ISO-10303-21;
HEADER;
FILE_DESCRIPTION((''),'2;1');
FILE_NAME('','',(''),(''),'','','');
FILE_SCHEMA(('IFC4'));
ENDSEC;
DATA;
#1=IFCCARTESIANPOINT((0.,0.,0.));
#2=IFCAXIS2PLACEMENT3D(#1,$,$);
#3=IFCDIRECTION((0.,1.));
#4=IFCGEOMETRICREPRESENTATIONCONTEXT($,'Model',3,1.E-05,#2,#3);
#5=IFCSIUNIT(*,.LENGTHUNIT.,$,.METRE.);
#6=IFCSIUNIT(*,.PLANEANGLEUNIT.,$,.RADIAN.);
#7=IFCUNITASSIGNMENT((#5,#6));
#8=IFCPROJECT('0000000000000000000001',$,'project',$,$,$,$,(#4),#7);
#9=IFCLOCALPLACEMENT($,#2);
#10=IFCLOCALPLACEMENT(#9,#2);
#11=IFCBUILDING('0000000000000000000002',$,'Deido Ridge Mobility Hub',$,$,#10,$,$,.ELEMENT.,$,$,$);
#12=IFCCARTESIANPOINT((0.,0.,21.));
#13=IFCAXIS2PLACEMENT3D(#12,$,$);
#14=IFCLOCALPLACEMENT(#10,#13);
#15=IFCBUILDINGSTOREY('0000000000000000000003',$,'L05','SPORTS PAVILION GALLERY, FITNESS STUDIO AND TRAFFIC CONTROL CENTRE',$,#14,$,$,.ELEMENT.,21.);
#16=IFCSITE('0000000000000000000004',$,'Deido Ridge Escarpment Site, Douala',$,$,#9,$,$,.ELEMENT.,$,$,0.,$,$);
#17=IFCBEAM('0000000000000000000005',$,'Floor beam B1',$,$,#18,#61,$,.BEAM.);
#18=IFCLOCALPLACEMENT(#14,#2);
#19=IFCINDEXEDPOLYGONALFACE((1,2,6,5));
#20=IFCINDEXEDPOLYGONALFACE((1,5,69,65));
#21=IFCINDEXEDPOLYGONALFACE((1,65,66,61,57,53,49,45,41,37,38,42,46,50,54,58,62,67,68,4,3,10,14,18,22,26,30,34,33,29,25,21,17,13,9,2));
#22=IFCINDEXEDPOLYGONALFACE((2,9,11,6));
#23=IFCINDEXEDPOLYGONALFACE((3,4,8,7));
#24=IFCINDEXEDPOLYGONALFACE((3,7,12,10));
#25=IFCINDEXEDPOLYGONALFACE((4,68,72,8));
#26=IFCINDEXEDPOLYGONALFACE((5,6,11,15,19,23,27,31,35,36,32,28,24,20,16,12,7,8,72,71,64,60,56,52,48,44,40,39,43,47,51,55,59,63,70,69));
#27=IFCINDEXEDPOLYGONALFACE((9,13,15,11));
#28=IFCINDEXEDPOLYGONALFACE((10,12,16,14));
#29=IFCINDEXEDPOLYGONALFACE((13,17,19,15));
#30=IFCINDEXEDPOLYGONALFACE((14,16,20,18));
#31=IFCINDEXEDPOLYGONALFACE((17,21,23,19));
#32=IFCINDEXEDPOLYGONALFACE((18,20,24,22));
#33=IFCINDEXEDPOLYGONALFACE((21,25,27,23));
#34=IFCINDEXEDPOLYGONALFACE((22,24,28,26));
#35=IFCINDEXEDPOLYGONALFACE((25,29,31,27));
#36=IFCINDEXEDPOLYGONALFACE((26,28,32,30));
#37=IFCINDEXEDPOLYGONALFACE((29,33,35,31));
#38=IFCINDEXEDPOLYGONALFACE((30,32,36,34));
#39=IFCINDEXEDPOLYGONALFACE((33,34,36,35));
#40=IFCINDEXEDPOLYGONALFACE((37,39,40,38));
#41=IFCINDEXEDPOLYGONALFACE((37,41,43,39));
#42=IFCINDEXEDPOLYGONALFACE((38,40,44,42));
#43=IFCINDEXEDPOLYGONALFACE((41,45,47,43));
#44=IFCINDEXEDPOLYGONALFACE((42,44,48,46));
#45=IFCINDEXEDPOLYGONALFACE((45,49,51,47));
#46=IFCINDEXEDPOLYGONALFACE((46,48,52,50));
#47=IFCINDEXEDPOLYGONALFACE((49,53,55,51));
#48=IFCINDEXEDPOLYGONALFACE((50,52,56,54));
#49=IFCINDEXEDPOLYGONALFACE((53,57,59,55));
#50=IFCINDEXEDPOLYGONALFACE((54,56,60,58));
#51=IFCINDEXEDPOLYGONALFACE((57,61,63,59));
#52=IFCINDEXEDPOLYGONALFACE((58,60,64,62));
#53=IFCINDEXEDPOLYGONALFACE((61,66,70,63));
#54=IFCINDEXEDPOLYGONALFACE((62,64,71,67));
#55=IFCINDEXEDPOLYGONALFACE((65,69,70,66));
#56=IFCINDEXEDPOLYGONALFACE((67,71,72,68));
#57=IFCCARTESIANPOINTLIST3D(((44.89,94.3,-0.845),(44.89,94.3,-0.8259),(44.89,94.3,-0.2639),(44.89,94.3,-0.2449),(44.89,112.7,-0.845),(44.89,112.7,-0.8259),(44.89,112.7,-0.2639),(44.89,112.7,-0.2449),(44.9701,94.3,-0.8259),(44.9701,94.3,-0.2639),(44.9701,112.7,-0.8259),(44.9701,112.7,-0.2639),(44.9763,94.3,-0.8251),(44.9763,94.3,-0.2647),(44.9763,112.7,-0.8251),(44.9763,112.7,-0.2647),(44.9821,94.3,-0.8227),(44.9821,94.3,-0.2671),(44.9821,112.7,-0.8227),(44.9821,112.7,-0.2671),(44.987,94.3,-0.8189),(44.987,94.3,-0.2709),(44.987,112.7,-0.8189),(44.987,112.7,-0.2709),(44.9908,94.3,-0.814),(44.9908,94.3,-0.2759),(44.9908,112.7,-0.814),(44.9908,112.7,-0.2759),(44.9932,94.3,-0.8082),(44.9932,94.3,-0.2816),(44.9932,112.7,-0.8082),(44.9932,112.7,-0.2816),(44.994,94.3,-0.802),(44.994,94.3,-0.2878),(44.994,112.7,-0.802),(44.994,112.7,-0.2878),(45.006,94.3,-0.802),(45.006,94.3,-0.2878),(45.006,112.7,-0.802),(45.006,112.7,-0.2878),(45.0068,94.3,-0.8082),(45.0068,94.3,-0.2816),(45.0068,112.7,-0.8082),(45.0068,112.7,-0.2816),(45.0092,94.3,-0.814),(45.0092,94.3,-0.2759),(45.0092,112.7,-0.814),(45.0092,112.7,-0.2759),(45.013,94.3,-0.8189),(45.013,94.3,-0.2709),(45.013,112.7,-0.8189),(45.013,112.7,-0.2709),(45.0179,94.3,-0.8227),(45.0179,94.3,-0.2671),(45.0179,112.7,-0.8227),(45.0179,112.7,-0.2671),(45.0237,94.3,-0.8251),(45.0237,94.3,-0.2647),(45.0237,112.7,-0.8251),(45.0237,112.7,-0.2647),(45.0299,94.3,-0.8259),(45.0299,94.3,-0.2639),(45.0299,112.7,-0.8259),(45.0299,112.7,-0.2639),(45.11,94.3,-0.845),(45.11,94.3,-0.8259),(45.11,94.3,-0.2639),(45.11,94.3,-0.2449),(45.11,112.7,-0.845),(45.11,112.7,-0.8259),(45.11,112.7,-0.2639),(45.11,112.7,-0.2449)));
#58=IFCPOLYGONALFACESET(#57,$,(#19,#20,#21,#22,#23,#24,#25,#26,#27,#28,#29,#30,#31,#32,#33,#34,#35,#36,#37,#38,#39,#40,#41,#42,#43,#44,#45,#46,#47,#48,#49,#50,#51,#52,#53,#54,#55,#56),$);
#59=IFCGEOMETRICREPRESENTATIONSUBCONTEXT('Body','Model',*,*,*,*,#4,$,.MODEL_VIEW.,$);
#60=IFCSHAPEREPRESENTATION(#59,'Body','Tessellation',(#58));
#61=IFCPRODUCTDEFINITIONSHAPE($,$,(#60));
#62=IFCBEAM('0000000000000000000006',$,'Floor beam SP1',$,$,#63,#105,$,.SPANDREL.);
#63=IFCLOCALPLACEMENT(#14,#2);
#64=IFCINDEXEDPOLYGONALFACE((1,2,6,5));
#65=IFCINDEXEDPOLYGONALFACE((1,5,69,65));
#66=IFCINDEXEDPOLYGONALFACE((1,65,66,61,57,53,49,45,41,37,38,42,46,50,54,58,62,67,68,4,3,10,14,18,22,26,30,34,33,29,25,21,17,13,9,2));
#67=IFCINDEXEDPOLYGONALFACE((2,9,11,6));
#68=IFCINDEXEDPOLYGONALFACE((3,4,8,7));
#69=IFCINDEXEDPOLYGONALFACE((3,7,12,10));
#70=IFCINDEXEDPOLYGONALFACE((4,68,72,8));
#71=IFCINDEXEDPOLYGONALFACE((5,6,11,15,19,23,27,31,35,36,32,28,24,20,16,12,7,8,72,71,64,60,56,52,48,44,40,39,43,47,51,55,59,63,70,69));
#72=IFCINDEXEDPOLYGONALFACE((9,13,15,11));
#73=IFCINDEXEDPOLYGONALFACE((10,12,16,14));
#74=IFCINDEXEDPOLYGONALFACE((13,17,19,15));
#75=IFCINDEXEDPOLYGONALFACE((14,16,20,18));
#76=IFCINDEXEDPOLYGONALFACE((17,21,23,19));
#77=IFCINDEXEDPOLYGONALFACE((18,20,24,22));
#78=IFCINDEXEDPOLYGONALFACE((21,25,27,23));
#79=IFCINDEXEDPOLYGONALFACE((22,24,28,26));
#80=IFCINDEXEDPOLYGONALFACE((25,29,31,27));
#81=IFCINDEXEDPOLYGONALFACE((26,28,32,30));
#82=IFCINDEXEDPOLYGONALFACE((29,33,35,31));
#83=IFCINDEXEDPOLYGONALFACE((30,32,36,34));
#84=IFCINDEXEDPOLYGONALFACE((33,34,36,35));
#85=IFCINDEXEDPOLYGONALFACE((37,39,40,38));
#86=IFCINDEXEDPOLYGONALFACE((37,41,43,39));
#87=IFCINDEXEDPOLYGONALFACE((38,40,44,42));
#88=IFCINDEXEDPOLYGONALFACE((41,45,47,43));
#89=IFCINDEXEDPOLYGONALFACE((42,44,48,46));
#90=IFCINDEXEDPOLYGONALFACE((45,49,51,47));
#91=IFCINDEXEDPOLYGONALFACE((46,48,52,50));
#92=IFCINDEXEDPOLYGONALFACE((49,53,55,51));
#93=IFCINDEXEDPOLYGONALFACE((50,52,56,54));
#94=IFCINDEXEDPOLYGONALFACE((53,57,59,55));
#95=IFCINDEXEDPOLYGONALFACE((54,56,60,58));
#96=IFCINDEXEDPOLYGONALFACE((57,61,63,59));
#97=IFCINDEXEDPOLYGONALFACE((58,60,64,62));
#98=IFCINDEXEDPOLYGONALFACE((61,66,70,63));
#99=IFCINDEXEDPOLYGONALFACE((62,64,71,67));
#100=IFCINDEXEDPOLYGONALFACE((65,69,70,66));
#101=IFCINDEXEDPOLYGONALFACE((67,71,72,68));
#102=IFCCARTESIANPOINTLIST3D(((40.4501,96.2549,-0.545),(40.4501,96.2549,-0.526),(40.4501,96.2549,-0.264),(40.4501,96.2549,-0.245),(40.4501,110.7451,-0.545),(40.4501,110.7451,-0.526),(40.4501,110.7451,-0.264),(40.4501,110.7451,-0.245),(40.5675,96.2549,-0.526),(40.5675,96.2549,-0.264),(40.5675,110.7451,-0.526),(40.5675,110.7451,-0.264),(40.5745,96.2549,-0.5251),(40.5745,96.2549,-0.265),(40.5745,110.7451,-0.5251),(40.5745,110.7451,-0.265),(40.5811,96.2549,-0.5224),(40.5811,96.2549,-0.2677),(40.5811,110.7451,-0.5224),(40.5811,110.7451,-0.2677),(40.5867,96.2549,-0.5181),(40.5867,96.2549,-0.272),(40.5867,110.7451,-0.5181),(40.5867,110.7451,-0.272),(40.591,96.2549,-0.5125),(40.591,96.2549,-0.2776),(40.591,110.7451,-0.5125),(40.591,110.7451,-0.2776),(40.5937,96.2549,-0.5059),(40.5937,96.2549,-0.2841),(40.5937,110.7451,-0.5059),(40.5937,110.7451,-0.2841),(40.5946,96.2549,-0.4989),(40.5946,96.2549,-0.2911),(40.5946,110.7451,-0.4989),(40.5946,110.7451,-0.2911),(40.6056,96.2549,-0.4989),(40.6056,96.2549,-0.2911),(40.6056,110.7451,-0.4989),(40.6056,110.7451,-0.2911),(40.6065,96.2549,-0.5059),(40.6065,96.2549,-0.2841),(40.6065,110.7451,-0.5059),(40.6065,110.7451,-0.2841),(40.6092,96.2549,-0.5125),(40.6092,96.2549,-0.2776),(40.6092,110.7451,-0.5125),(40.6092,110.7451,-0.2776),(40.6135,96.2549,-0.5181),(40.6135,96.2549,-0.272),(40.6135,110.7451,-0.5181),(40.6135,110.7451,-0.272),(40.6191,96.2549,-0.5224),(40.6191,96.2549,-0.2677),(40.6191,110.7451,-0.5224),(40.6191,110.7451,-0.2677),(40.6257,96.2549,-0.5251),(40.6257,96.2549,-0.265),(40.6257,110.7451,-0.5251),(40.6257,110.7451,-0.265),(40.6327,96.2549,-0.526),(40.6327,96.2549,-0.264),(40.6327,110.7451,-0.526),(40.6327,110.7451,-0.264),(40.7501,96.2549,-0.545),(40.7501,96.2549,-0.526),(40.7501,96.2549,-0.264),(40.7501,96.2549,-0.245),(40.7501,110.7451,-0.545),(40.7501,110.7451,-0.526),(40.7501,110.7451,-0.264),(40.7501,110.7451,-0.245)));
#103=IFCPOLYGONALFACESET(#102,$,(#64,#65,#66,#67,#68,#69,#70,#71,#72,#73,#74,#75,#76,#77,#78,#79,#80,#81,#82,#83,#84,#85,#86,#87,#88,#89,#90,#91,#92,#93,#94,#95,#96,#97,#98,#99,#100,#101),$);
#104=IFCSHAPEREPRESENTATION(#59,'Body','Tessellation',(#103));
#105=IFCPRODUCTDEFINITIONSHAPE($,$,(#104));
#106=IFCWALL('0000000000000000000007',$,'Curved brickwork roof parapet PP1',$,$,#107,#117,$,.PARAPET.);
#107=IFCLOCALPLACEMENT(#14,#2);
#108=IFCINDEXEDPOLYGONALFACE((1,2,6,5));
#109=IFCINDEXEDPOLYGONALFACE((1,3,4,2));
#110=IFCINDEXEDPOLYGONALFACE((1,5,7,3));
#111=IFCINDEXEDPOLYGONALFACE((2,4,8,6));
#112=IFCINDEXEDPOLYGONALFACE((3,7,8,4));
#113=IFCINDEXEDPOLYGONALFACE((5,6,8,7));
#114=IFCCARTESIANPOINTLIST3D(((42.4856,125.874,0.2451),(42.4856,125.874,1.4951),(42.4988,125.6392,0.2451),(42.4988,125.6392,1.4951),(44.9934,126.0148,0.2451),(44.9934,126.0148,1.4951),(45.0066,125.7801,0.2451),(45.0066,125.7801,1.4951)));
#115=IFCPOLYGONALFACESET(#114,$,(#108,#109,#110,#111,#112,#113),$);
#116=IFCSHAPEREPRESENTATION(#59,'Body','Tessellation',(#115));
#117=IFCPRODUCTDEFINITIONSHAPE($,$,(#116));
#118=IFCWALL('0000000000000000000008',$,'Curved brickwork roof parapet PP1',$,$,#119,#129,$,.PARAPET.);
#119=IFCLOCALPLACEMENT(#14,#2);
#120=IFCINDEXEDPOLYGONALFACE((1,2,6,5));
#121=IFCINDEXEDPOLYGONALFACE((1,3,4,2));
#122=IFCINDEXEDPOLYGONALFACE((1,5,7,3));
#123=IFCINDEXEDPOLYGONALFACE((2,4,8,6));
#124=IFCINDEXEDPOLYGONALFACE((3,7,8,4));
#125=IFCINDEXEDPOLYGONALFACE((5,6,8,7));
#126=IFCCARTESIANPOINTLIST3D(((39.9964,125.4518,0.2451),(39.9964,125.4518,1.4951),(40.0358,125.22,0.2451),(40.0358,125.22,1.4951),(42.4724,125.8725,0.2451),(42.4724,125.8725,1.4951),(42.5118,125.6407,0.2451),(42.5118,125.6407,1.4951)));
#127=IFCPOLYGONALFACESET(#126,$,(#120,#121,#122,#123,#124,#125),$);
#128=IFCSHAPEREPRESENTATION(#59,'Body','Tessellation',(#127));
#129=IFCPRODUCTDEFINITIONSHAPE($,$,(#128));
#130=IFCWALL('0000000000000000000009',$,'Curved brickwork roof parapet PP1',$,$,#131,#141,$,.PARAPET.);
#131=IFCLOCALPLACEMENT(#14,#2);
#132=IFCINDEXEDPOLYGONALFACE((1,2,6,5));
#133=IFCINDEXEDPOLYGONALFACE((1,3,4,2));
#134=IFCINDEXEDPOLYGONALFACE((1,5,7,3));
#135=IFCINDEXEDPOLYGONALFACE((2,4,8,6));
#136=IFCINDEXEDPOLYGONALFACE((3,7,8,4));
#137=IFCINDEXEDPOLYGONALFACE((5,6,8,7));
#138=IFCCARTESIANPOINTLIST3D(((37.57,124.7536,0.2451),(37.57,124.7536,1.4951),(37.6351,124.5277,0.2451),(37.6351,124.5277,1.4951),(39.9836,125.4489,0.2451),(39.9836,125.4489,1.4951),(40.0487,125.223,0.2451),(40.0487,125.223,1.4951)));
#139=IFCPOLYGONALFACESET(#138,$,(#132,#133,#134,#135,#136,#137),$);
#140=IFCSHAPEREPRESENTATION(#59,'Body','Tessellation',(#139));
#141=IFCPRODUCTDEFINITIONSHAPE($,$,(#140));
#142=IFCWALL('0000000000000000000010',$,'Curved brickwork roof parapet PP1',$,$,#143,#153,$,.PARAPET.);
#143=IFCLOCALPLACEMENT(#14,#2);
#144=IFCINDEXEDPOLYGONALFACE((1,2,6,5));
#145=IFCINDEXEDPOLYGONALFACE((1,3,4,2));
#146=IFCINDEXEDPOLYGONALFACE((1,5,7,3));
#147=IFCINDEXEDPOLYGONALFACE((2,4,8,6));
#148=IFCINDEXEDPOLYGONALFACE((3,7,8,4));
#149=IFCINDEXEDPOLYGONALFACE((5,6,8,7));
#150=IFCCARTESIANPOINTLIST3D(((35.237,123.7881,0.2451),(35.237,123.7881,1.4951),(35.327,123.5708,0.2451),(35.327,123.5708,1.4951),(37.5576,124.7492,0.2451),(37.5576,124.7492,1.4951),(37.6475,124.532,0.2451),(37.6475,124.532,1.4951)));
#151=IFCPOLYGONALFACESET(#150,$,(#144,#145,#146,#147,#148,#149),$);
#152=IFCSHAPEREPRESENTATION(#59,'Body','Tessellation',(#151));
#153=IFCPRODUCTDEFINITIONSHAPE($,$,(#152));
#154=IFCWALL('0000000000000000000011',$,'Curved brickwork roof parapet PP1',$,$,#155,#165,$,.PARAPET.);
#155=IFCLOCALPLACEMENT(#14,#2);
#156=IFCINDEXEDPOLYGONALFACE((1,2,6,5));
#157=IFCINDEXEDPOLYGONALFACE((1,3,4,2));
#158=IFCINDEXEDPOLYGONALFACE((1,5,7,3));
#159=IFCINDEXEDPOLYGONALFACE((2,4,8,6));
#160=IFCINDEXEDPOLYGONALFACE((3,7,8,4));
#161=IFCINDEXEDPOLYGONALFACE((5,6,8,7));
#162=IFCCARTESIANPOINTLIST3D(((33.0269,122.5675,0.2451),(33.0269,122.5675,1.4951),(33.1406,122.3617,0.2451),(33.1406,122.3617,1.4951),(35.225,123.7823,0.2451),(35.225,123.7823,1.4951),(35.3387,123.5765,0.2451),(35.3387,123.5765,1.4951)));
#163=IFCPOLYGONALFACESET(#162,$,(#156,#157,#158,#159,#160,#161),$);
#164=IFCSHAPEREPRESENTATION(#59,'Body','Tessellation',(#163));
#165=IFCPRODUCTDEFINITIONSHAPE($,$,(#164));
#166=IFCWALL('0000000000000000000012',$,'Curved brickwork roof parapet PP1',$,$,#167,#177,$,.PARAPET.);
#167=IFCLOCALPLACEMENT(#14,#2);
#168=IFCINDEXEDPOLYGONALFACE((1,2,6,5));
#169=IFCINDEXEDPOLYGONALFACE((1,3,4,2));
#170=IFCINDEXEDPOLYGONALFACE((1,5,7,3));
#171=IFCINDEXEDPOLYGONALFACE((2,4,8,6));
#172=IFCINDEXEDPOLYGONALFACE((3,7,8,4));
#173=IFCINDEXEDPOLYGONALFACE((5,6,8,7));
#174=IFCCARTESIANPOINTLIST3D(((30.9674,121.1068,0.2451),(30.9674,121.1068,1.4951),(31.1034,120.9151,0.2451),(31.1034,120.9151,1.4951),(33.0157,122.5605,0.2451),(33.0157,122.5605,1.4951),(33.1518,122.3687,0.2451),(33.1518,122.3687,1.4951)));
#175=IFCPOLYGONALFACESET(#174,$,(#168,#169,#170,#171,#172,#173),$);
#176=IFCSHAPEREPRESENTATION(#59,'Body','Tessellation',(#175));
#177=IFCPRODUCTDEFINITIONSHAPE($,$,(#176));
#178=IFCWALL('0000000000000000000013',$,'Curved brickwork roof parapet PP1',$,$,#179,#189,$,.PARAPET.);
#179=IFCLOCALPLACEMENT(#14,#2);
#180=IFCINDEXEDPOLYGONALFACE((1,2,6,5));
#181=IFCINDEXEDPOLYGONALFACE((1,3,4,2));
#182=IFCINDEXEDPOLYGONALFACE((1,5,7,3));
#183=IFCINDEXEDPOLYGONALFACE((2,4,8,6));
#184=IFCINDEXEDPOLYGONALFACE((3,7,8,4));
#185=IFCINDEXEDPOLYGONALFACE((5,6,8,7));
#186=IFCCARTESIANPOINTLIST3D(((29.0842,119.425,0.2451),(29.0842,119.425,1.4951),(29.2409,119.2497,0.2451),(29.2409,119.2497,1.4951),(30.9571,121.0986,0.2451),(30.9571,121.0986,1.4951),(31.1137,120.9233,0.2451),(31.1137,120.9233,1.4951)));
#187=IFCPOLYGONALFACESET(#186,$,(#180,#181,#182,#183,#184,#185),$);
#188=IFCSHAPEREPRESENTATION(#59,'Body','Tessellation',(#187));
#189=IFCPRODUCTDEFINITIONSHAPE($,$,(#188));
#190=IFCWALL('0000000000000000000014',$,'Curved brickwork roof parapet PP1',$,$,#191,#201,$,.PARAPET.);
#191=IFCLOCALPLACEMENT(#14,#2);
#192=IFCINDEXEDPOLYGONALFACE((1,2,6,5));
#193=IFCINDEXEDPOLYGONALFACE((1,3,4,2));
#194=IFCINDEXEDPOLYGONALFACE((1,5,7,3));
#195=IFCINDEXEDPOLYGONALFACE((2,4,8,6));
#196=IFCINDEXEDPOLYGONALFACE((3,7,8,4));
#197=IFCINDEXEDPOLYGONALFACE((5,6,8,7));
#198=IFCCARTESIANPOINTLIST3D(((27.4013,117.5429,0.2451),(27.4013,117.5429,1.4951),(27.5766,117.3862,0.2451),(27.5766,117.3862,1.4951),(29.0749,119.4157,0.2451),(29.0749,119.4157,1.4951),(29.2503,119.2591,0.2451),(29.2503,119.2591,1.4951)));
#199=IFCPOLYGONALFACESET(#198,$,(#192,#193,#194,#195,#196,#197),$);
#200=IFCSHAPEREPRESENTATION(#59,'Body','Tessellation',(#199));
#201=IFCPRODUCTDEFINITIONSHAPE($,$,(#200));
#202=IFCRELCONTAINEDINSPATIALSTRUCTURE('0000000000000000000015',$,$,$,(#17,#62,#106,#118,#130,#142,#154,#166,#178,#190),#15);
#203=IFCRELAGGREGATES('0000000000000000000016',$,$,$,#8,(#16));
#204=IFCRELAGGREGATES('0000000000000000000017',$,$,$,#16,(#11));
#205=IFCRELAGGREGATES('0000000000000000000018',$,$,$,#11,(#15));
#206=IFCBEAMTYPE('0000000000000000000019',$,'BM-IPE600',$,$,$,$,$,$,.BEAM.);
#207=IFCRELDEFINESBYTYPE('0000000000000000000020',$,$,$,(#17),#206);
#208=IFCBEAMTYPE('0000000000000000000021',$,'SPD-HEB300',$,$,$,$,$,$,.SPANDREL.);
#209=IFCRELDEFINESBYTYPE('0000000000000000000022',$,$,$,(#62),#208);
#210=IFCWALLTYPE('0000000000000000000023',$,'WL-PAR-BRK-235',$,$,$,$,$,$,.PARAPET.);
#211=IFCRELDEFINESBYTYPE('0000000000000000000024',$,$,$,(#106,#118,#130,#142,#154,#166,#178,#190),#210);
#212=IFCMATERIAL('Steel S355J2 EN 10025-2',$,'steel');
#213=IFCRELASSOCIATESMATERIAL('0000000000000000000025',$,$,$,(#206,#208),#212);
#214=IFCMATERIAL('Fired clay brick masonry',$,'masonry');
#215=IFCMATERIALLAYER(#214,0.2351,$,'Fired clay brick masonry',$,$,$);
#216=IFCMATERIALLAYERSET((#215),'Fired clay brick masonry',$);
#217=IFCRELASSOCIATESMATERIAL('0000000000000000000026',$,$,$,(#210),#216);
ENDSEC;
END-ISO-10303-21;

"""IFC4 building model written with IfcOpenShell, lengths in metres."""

from ifc_helpers import new_model, si_unit, direction, frame, frame_2d, origin, origin_2d, place, context, subcontext, project, spatial, rectangle, i_section, extrude, material, layer, layer_set, material_profile, profile_set, type_object, element, save


model = new_model("IFC4")

# Units and contexts
model_context = context("Model", 3, precision=1e-05, world=origin(), true_north=direction((0.0, 1.0)))
body_context = subcontext(model_context, "Body", "Model", "MODEL_VIEW")
ifc_project = project(units=[si_unit("LENGTHUNIT", "METRE"), si_unit("PLANEANGLEUNIT", "RADIAN")], contexts=[model_context])

# Site, building, storey
site_placement = place(None, origin())
site = spatial("IfcSite", under=ifc_project, at=site_placement, Name="Deido Ridge Escarpment Site, Douala", CompositionType="ELEMENT", RefElevation=0.0)
building_placement = place(site_placement, origin())
building = spatial("IfcBuilding", under=site, at=building_placement, Name="Deido Ridge Mobility Hub", CompositionType="ELEMENT")
storey_placement = place(building_placement, frame((0.0, 0.0, 21.0)))
storey = spatial("IfcBuildingStorey", under=building, at=storey_placement, Name="L05", Description="SPORTS PAVILION GALLERY, FITNESS STUDIO AND TRAFFIC CONTROL CENTRE", CompositionType="ELEMENT", Elevation=21.0)

# Beams
ifc_material_1 = material(Name="Steel S355J2 EN 10025-2", Category="steel")
ifc_material_profile_1 = material_profile(ifc_material_1, i_section(OverallWidth=0.22, OverallDepth=0.6001, WebThickness=0.012, FlangeThickness=0.019, FilletRadius=0.0239, at=origin_2d()), Name="IPE 600")
ifc_profile_set_1 = profile_set([ifc_material_profile_1], Name="Steel S355J2 EN 10025-2")
beam_type_1 = type_object("IfcBeamType", Name="BM-IPE600", PredefinedType="BEAM", material=ifc_profile_set_1)
beam_1_placement = place(storey_placement, frame((45.0, 94.3, -0.5449), z_axis=(0.0, 1.0, 0.0), x_axis=(-1.0, 0.0, 0.0)))
element("IfcBeam", 1, at=beam_1_placement, inside=storey, type_object=beam_type_1, Name="Floor beam B1", PredefinedType="BEAM", context=body_context, shape_type="SweptSolid", body=[
    extrude(i_section(OverallWidth=0.22, OverallDepth=0.6001, WebThickness=0.012, FlangeThickness=0.019, FilletRadius=0.0239, at=origin_2d()), origin(), (0.0, 0.0, 1.0), 18.3999),
])
ifc_material_profile_2 = material_profile(ifc_material_1, i_section(OverallWidth=0.3, OverallDepth=0.3, WebThickness=0.011, FlangeThickness=0.019, FilletRadius=0.0271, at=origin_2d()), Name="HEB 300")
ifc_profile_set_2 = profile_set([ifc_material_profile_2], Name="Steel S355J2 EN 10025-2")
beam_type_2 = type_object("IfcBeamType", Name="SPD-HEB300", PredefinedType="SPANDREL", material=ifc_profile_set_2)
beam_2_placement = place(storey_placement, frame((40.6001, 96.2549, -0.395), z_axis=(0.0, 1.0, 0.0), x_axis=(-1.0, 0.0, 0.0)))
element("IfcBeam", 2, at=beam_2_placement, inside=storey, type_object=beam_type_2, Name="Floor beam SP1", PredefinedType="SPANDREL", context=body_context, shape_type="SweptSolid", body=[
    extrude(i_section(OverallWidth=0.3, OverallDepth=0.3, WebThickness=0.011, FlangeThickness=0.019, FilletRadius=0.0271, at=origin_2d()), origin(), (0.0, 0.0, 1.0), 14.4902),
])

# Walls
ifc_material_2 = material(Name="Fired clay brick masonry", Category="masonry")
ifc_layer = layer(ifc_material_2, 0.2351, Name="Fired clay brick masonry")
ifc_layer_set = layer_set([ifc_layer], Name="Fired clay brick masonry")
wall_type = type_object("IfcWallType", Name="WL-PAR-BRK-235", PredefinedType="PARAPET", material=ifc_layer_set)
wall_1_placement = place(storey_placement, frame((45.0, 125.8975, 0.2451), z_axis=(0.0, 0.0, 1.0), x_axis=(-0.998426, -0.056084, 0.0)))
element("IfcWall", 3, at=wall_1_placement, inside=storey, type_object=wall_type, Name="Curved brickwork roof parapet PP1", PredefinedType="PARAPET", context=body_context, shape_type="SweptSolid", body=[
    extrude(rectangle(XDim=2.5117, YDim=0.2351, at=frame_2d((1.2559, 0.0))), origin(), (0.0, 0.0, 1.0), 1.25),
])
wall_2_placement = place(storey_placement, frame((42.4922, 125.7566, 0.2451), z_axis=(0.0, 0.0, 1.0), x_axis=(-0.985874, -0.167488, 0.0)))
element("IfcWall", 4, at=wall_2_placement, inside=storey, type_object=wall_type, Name="Curved brickwork roof parapet PP1", PredefinedType="PARAPET", context=body_context, shape_type="SweptSolid", body=[
    extrude(rectangle(XDim=2.5115, YDim=0.2351, at=frame_2d((1.2559, 0.0))), origin(), (0.0, 0.0, 1.0), 1.25),
])
for number, where, z_axis, x_axis, name in (
    (5, (40.0161, 125.3359, 0.2451), (0.0, 0.0, 1.0), (-0.96092, -0.276826, 0.0), "Curved brickwork roof parapet PP1"),
    (6, (37.6025, 124.6406, 0.2451), (0.0, 0.0, 1.0), (-0.923883, -0.382675, 0.0), "Curved brickwork roof parapet PP1"),
):
    element("IfcWall", number, at=place(storey_placement, frame(where, z_axis=z_axis, x_axis=x_axis)), inside=storey, type_object=wall_type, Name=name, PredefinedType="PARAPET", context=body_context, shape_type="SweptSolid", body=[
        extrude(rectangle(XDim=2.5117, YDim=0.2351, at=frame_2d((1.2559, 0.0))), origin(), (0.0, 0.0, 1.0), 1.25),
    ])
wall_3_placement = place(storey_placement, frame((35.282, 123.6794, 0.2451), z_axis=(0.0, 0.0, 1.0), x_axis=(-0.875237, -0.483694, 0.0)))
element("IfcWall", 7, at=wall_3_placement, inside=storey, type_object=wall_type, Name="Curved brickwork roof parapet PP1", PredefinedType="PARAPET", context=body_context, shape_type="SweptSolid", body=[
    extrude(rectangle(XDim=2.5115, YDim=0.2351, at=frame_2d((1.2559, 0.0))), origin(), (0.0, 0.0, 1.0), 1.25),
])
for number, where, z_axis, x_axis, name in (
    (8, (33.0837, 122.4646, 0.2451), (0.0, 0.0, 1.0), (-0.815516, -0.578734, 0.0), "Curved brickwork roof parapet PP1"),
    (9, (31.0354, 121.011, 0.2451), (0.0, 0.0, 1.0), (-0.745653, -0.666334, 0.0), "Curved brickwork roof parapet PP1"),
    (10, (29.1626, 119.3374, 0.2451), (0.0, 0.0, 1.0), (-0.666334, -0.745653, 0.0), "Curved brickwork roof parapet PP1"),
):
    element("IfcWall", number, at=place(storey_placement, frame(where, z_axis=z_axis, x_axis=x_axis)), inside=storey, type_object=wall_type, Name=name, PredefinedType="PARAPET", context=body_context, shape_type="SweptSolid", body=[
        extrude(rectangle(XDim=2.5117, YDim=0.2351, at=frame_2d((1.2559, 0.0))), origin(), (0.0, 0.0, 1.0), 1.25),
    ])

save(model, "model.ifc")
